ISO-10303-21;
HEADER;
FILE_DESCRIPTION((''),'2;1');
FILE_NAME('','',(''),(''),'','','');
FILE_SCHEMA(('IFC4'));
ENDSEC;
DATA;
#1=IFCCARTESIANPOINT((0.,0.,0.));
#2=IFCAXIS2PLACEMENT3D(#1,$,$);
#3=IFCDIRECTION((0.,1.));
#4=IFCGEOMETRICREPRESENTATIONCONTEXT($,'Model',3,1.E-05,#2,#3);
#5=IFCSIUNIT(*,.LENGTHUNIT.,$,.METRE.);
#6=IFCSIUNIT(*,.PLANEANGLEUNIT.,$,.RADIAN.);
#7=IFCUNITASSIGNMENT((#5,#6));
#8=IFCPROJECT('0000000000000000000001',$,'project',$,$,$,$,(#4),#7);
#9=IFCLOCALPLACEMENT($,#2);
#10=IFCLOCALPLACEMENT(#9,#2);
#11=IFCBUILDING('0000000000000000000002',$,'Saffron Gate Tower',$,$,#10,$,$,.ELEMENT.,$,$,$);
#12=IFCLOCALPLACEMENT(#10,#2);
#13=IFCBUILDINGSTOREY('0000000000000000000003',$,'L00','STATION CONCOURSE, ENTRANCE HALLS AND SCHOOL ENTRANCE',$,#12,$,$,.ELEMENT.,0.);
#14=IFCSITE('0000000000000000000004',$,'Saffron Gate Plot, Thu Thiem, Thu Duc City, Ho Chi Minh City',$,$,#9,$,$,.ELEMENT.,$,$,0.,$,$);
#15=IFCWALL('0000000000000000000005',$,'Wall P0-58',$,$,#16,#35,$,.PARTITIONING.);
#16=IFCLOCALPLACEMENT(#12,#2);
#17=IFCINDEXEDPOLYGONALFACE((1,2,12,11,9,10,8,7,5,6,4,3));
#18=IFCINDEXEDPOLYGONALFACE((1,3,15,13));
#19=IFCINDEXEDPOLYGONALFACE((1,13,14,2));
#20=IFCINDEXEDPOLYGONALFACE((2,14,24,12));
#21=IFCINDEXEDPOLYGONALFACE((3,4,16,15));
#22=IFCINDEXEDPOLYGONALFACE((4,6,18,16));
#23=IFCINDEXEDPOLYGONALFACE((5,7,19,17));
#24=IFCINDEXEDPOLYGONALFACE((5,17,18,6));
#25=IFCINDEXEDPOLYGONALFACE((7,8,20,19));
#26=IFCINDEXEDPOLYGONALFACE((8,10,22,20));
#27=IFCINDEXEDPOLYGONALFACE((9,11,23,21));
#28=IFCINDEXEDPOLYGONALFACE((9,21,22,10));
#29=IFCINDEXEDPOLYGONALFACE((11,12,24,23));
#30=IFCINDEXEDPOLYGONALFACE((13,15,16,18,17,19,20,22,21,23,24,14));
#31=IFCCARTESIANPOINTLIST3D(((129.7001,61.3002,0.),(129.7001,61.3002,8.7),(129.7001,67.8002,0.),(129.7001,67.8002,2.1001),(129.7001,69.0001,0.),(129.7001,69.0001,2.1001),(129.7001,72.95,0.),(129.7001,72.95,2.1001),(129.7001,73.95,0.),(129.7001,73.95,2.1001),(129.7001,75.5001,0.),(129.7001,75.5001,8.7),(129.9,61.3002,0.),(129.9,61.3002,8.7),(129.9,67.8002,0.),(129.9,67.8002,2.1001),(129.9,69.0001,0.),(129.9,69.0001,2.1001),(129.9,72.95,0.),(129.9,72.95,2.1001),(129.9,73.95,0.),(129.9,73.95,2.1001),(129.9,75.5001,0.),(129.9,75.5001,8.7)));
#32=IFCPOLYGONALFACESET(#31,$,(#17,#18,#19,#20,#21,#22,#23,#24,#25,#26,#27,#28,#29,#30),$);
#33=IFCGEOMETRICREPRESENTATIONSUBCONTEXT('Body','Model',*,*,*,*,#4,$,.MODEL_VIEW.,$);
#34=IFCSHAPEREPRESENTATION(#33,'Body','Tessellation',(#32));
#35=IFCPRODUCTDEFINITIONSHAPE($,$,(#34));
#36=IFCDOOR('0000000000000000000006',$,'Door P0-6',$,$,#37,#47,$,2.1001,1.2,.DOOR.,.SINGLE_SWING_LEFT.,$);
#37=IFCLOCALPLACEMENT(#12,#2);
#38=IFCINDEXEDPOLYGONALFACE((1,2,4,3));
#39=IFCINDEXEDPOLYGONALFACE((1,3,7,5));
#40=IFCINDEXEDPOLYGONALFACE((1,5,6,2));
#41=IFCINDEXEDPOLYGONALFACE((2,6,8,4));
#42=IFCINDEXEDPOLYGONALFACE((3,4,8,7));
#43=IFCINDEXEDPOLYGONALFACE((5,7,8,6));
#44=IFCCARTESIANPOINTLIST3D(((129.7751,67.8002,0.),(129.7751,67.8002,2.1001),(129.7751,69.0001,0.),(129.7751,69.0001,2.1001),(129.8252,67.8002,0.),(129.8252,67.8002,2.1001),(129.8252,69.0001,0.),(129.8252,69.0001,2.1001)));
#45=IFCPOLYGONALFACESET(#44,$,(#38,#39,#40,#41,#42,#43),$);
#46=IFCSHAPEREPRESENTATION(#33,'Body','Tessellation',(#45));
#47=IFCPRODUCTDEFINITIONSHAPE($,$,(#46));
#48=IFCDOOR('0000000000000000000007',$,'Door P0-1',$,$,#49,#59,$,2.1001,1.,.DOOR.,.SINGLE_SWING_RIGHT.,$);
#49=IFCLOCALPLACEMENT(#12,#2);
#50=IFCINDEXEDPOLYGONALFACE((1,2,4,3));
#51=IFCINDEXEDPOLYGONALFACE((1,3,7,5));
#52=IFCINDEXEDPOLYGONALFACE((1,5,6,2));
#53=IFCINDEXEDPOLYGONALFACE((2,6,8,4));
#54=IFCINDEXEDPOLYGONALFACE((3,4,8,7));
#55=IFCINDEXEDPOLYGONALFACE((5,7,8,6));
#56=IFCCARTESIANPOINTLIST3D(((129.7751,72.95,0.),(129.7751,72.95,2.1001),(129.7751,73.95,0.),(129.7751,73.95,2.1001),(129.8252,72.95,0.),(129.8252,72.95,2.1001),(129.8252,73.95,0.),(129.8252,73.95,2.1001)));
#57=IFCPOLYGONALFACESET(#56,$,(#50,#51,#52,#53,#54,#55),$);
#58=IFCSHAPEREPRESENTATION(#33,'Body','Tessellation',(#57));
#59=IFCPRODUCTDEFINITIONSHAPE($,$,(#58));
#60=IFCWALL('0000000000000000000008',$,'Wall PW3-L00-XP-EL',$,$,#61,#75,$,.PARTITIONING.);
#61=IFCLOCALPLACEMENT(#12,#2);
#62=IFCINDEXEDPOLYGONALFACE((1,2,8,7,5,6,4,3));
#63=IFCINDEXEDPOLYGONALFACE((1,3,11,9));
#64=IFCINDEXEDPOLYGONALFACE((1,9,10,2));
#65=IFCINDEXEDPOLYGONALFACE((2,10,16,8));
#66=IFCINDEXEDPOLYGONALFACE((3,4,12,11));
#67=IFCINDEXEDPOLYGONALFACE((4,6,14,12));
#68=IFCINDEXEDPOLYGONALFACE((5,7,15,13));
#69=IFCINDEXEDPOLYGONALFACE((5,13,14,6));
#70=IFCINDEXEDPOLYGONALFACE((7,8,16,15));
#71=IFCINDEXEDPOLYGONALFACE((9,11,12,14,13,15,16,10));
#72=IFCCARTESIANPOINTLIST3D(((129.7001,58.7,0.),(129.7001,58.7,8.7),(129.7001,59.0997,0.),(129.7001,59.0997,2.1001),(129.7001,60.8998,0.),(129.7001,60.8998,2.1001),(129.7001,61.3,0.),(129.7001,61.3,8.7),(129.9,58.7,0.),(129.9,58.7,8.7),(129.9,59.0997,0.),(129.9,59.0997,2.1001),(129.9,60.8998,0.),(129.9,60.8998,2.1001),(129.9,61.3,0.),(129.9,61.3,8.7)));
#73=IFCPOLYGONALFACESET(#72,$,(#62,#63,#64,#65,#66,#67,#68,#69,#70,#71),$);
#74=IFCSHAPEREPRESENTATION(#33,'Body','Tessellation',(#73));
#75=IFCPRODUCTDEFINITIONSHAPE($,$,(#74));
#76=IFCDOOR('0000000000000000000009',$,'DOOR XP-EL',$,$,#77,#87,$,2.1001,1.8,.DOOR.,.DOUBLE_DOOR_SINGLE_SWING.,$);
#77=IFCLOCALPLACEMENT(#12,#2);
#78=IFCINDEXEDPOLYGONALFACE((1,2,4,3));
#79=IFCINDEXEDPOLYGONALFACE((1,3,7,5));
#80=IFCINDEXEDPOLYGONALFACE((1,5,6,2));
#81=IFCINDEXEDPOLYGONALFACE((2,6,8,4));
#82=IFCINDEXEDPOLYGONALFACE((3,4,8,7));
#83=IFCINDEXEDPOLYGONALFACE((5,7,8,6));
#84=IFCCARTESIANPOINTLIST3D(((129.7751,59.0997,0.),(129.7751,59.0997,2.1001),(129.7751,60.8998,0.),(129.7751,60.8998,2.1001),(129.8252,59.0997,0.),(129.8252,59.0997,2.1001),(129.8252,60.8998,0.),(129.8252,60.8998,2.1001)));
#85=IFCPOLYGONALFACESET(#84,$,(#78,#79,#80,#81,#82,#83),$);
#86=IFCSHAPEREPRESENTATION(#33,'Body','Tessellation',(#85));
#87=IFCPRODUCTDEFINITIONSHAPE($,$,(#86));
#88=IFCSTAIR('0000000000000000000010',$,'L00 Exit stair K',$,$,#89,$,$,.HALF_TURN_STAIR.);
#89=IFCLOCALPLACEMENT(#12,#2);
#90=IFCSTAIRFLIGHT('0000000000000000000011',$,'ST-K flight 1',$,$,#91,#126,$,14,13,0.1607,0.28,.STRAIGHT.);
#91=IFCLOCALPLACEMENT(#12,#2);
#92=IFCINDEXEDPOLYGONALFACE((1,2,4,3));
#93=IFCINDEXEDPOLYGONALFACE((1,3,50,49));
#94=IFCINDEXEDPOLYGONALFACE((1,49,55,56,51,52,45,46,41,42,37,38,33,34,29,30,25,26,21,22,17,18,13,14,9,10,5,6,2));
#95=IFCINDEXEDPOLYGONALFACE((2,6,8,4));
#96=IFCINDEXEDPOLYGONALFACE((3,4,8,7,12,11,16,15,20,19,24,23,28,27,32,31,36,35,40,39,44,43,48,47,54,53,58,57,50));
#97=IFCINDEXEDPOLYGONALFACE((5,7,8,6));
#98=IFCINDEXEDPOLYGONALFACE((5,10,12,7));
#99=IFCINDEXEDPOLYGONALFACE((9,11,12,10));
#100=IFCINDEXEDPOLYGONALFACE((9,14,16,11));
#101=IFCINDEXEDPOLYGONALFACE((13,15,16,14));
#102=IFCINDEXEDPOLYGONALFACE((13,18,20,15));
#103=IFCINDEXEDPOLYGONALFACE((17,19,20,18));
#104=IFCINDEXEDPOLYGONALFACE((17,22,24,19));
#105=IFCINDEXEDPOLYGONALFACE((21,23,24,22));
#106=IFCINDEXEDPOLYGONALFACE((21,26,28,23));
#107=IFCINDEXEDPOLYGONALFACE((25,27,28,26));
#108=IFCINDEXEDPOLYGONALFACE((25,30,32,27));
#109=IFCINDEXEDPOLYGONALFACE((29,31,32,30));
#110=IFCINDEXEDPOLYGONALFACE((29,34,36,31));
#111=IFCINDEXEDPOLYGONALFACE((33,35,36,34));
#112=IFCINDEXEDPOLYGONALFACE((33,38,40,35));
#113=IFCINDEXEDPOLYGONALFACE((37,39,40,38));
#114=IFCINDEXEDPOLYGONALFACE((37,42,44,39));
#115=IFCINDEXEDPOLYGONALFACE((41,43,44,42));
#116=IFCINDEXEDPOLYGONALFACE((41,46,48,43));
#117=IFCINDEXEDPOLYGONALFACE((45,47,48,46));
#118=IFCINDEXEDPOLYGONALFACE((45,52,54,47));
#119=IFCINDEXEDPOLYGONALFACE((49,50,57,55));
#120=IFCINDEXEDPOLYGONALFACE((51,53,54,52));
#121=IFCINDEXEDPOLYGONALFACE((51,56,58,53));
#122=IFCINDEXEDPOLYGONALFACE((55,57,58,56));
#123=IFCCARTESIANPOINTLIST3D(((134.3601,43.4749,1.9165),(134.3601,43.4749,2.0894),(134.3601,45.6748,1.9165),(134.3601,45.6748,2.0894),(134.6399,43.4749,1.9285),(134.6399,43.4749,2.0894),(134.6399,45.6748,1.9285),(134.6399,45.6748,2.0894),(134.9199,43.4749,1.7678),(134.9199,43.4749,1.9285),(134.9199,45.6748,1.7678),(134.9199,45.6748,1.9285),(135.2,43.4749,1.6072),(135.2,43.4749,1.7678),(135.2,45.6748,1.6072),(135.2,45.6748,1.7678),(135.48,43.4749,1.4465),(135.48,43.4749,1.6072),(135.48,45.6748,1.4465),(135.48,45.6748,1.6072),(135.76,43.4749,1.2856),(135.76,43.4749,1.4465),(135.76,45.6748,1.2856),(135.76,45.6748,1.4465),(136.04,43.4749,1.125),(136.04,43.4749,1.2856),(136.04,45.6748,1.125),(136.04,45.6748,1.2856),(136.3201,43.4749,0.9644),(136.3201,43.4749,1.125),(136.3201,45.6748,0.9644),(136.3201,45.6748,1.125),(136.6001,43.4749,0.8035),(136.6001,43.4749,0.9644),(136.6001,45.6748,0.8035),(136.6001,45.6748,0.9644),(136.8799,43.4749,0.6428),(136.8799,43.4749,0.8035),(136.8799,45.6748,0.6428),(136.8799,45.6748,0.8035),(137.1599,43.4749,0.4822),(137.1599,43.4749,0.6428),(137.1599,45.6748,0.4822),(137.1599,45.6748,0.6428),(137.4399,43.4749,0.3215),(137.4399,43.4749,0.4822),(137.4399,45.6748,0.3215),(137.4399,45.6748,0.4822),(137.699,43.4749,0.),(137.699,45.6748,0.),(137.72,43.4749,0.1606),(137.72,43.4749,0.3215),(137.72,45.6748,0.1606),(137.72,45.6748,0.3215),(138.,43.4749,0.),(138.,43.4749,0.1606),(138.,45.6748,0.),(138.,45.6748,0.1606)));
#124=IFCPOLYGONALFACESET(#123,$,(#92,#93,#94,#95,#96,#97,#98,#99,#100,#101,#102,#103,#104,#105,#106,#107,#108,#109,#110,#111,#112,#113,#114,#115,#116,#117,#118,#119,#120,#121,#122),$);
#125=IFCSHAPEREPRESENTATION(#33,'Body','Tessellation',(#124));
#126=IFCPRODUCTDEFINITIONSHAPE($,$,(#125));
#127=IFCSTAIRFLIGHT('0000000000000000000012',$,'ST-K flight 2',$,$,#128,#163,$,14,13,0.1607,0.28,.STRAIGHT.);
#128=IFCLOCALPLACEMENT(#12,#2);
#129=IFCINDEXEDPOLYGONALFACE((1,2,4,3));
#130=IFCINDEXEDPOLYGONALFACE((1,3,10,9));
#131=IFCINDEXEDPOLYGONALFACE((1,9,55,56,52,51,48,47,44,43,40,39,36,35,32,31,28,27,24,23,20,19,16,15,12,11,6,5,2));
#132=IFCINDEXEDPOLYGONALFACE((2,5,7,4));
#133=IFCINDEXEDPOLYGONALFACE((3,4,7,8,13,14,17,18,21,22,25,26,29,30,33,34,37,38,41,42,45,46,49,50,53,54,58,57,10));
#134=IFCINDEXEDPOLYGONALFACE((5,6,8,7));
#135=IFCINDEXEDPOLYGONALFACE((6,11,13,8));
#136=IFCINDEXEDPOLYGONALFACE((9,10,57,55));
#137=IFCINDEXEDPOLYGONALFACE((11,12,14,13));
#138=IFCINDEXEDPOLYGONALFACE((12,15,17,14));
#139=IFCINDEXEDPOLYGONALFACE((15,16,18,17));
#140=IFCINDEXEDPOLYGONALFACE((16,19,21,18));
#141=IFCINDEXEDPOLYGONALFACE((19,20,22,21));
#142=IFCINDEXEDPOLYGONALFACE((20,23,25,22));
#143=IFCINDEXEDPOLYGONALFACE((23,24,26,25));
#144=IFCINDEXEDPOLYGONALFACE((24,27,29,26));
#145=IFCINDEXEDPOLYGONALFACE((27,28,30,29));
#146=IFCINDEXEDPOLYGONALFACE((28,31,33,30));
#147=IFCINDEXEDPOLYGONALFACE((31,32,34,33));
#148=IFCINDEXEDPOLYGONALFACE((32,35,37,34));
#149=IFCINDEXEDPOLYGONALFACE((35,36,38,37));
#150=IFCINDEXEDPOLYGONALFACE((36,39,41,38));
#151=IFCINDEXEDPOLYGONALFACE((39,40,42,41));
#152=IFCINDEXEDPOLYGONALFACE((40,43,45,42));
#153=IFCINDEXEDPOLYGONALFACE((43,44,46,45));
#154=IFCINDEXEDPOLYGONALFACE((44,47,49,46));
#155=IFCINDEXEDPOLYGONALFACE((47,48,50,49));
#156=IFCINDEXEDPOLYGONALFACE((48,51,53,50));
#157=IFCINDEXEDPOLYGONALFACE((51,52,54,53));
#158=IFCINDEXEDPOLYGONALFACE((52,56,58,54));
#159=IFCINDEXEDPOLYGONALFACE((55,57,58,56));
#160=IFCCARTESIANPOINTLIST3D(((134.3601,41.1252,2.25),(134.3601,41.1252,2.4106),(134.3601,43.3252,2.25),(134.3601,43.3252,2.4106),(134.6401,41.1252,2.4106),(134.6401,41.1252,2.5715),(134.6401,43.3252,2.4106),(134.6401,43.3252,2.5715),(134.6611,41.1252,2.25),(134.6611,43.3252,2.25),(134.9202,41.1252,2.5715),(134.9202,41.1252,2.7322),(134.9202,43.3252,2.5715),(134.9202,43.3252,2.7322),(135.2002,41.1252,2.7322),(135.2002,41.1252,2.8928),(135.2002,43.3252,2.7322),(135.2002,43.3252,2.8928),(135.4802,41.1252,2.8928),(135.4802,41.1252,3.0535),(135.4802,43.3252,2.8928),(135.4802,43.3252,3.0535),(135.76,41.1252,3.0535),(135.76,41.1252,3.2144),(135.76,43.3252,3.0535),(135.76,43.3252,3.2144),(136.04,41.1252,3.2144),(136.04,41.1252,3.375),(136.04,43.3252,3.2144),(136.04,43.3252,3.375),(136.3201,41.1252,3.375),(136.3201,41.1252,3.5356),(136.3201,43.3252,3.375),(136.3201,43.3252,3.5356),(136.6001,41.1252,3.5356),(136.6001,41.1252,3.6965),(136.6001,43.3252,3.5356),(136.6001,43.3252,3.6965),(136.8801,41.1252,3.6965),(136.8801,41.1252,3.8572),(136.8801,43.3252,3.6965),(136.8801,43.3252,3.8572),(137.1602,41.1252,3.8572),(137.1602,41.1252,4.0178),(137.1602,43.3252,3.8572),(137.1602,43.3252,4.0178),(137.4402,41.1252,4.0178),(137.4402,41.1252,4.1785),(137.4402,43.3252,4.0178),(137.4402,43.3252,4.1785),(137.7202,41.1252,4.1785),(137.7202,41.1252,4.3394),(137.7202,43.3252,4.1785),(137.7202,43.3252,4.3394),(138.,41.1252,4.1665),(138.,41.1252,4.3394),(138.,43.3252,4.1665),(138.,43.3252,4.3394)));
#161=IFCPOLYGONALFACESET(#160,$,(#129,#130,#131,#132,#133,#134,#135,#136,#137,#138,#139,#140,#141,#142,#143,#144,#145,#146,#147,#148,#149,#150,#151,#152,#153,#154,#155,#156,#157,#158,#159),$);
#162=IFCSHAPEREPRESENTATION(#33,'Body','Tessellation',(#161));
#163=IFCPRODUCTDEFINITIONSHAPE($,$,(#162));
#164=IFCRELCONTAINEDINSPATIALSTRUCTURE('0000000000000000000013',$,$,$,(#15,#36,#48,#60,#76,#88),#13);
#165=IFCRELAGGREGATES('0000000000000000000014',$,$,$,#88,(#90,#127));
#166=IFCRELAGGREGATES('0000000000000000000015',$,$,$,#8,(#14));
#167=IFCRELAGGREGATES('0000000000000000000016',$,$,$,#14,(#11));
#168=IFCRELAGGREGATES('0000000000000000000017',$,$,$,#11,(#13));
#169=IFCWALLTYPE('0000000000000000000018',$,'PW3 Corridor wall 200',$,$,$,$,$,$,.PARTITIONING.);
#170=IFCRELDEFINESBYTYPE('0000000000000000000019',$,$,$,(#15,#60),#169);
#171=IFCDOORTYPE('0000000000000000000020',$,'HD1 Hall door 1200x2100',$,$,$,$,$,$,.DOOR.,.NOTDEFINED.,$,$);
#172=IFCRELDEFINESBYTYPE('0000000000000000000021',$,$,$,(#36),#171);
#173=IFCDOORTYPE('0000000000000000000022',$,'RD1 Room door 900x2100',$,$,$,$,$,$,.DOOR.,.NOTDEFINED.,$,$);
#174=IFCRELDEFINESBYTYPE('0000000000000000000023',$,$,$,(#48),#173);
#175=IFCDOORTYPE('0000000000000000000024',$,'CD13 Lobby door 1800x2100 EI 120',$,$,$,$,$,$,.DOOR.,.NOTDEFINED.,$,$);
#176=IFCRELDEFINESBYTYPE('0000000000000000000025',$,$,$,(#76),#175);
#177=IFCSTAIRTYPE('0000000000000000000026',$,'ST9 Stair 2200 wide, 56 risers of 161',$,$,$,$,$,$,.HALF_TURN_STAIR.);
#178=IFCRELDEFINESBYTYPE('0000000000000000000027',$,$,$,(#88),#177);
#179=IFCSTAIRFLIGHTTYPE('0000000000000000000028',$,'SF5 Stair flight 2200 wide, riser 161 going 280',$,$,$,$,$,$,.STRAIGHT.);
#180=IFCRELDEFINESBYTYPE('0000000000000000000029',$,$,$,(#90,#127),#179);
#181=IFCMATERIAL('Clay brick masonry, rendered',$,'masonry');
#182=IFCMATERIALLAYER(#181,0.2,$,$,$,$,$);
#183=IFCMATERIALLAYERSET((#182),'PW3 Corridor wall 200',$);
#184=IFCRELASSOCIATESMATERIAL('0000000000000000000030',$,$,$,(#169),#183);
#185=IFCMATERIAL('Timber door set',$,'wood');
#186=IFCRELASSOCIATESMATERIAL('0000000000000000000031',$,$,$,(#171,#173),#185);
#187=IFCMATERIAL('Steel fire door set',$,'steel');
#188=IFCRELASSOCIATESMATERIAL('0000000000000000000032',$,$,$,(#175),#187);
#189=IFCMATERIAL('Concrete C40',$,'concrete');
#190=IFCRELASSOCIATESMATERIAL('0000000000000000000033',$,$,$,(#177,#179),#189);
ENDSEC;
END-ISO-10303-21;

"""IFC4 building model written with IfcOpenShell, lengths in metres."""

from ifc_helpers import new_model, si_unit, direction, frame, frame_2d, origin, place, context, subcontext, project, spatial, polyline, rectangle, outline, extrude, material, layer, layer_set, type_object, element, fill, aggregate, save


model = new_model("IFC4")

# Units and contexts
model_context = context("Model", 3, precision=1e-05, world=origin(), true_north=direction((0.0, 1.0)))
body_context = subcontext(model_context, "Body", "Model", "MODEL_VIEW")
ifc_project = project(units=[si_unit("LENGTHUNIT", "METRE"), si_unit("PLANEANGLEUNIT", "RADIAN")], contexts=[model_context])

# Site, building, storey
site_placement = place(None, origin())
site = spatial("IfcSite", under=ifc_project, at=site_placement, Name="Saffron Gate Plot, Thu Thiem, Thu Duc City, Ho Chi Minh City", CompositionType="ELEMENT", RefElevation=0.0)
building_placement = place(site_placement, origin())
building = spatial("IfcBuilding", under=site, at=building_placement, Name="Saffron Gate Tower", CompositionType="ELEMENT")
storey_placement = place(building_placement, origin())
storey = spatial("IfcBuildingStorey", under=building, at=storey_placement, Name="L00", Description="STATION CONCOURSE, ENTRANCE HALLS AND SCHOOL ENTRANCE", CompositionType="ELEMENT", Elevation=0.0)

# Shared definitions
ifc_material_1 = material(Name="Clay brick masonry, rendered", Category="masonry")
ifc_layer_1 = layer(ifc_material_1, 0.2)
ifc_layer_set_1 = layer_set([ifc_layer_1], Name="PW3 Corridor wall 200")
wall_type_1 = type_object("IfcWallType", Name="PW3 Corridor wall 200", PredefinedType="PARTITIONING", material=ifc_layer_set_1)
ifc_material_2 = material(Name="Steel fire door set", Category="steel")
ifc_material_3 = material(Name="Timber door set", Category="wood")
door_type_1 = type_object("IfcDoorType", Name="HD1 Hall door 1200x2100", OperationType="NOTDEFINED", PredefinedType="DOOR", material=ifc_material_3)

# Wall, openings, doors
wall_1_placement = place(storey_placement, frame((129.8, 61.3, 0.0), z_axis=(0.0, 0.0, 1.0), x_axis=(0.0, 1.0, 0.0)))
wall_1 = element("IfcWall", 1, at=wall_1_placement, inside=storey, type_object=wall_type_1, Name="Wall P0-58", PredefinedType="PARTITIONING", context=body_context, shape_type="SweptSolid", body=[
    extrude(rectangle(XDim=14.2, YDim=0.2, at=frame_2d((7.1001, 0.0))), origin(), (0.0, 0.0, 1.0), 8.7),
])
opening_1_placement = place(wall_1_placement, frame((6.5, 0.0, 0.0)))
opening_1 = element("IfcOpeningElement", 2, at=opening_1_placement, cuts=wall_1, PredefinedType="OPENING", context=body_context, shape_type="SweptSolid", body=[
    extrude(rectangle(XDim=1.2, YDim=2.1001, at=frame_2d((0.6001, 1.05))), frame((0.0, 0.1099, 0.0), z_axis=(0.0, -1.0, 0.0), x_axis=(1.0, 0.0, 0.0)), (0.0, 0.0, 1.0), 0.22),
])
opening_2_placement = place(wall_1_placement, frame((11.6499, 0.0, 0.0)))
opening_2 = element("IfcOpeningElement", 3, at=opening_2_placement, cuts=wall_1, PredefinedType="OPENING", context=body_context, shape_type="SweptSolid", body=[
    extrude(rectangle(XDim=1.0, YDim=2.1001, at=frame_2d((0.5, 1.05))), frame((0.0, 0.1099, 0.0), z_axis=(0.0, -1.0, 0.0), x_axis=(1.0, 0.0, 0.0)), (0.0, 0.0, 1.0), 0.22),
])
door_1_placement = place(opening_1_placement, origin())
door_1 = element("IfcDoor", 4, at=door_1_placement, inside=storey, type_object=door_type_1, Name="Door P0-6", OperationType="SINGLE_SWING_LEFT", OverallHeight=2.1001, OverallWidth=1.2, PredefinedType="DOOR", context=body_context, shape_type="SweptSolid", body=[
    extrude(rectangle(XDim=1.2, YDim=2.1001, at=frame_2d((0.6001, 1.05))), frame((0.0, 0.0249, 0.0), z_axis=(0.0, -1.0, 0.0), x_axis=(1.0, 0.0, 0.0)), (0.0, 0.0, 1.0), 0.05),
])
fill(opening_1, door_1)
door_type_2 = type_object("IfcDoorType", Name="RD1 Room door 900x2100", OperationType="NOTDEFINED", PredefinedType="DOOR", material=ifc_material_3)
door_2_placement = place(opening_2_placement, origin())
door_2 = element("IfcDoor", 5, at=door_2_placement, inside=storey, type_object=door_type_2, Name="Door P0-1", OperationType="SINGLE_SWING_RIGHT", OverallHeight=2.1001, OverallWidth=1.0, PredefinedType="DOOR", context=body_context, shape_type="SweptSolid", body=[
    extrude(rectangle(XDim=1.0, YDim=2.1001, at=frame_2d((0.5, 1.05))), frame((0.0, 0.0249, 0.0), z_axis=(0.0, -1.0, 0.0), x_axis=(1.0, 0.0, 0.0)), (0.0, 0.0, 1.0), 0.05),
])
fill(opening_2, door_2)

# Wall, opening, door
wall_2_placement = place(storey_placement, frame((129.8, 58.7, 0.0), z_axis=(0.0, 0.0, 1.0), x_axis=(0.0, 1.0, 0.0)))
wall_2 = element("IfcWall", 6, at=wall_2_placement, inside=storey, type_object=wall_type_1, Name="Wall PW3-L00-XP-EL", PredefinedType="PARTITIONING", context=body_context, shape_type="SweptSolid", body=[
    extrude(rectangle(XDim=2.6001, YDim=0.2, at=frame_2d((1.3, 0.0))), origin(), (0.0, 0.0, 1.0), 8.7),
])
opening_3_placement = place(wall_2_placement, frame((0.3999, 0.0, 0.0)))
opening_3 = element("IfcOpeningElement", 7, at=opening_3_placement, cuts=wall_2, PredefinedType="OPENING", context=body_context, shape_type="SweptSolid", body=[
    extrude(rectangle(XDim=1.8, YDim=2.1001, at=frame_2d((0.8999, 1.05))), frame((0.0, 0.1099, 0.0), z_axis=(0.0, -1.0, 0.0), x_axis=(1.0, 0.0, 0.0)), (0.0, 0.0, 1.0), 0.22),
])
door_type_3 = type_object("IfcDoorType", Name="CD13 Lobby door 1800x2100 EI 120", OperationType="NOTDEFINED", PredefinedType="DOOR", material=ifc_material_2)
door_3_placement = place(opening_3_placement, origin())
door_3 = element("IfcDoor", 8, at=door_3_placement, inside=storey, type_object=door_type_3, Name="DOOR XP-EL", OperationType="DOUBLE_DOOR_SINGLE_SWING", OverallHeight=2.1001, OverallWidth=1.8, PredefinedType="DOOR", context=body_context, shape_type="SweptSolid", body=[
    extrude(rectangle(XDim=1.8, YDim=2.1001, at=frame_2d((0.8999, 1.05))), frame((0.0, 0.0249, 0.0), z_axis=(0.0, -1.0, 0.0), x_axis=(1.0, 0.0, 0.0)), (0.0, 0.0, 1.0), 0.05),
])
fill(opening_3, door_3)

# Stair, stair flights
ifc_material_4 = material(Name="Concrete C40", Category="concrete")
stair_type = type_object("IfcStairType", Name="ST9 Stair 2200 wide, 56 risers of 161", PredefinedType="HALF_TURN_STAIR", material=ifc_material_4)
stair_placement = place(storey_placement, origin())
stair = element("IfcStair", 9, at=stair_placement, inside=storey, type_object=stair_type, Name="L00 Exit stair K", PredefinedType="HALF_TURN_STAIR")
stair_flight_type = type_object("IfcStairFlightType", Name="SF5 Stair flight 2200 wide, riser 161 going 280", PredefinedType="STRAIGHT", material=ifc_material_4)
stair_flight_1_placement = place(storey_placement, frame((138.0, 44.575, 0.0), z_axis=(0.0, 0.0, 1.0), x_axis=(-1.0, 0.0, 0.0)))
stair_flight_1 = element("IfcStairFlight", 10, at=stair_flight_1_placement, type_object=stair_flight_type, Name="ST-K flight 1", NumberOfRisers=14, NumberOfTreads=13, PredefinedType="STRAIGHT", RiserHeight=0.1607, TreadLength=0.28, context=body_context, shape_type="SweptSolid", body=[
    extrude(outline(polyline([(0.0, 0.0), (0.0, 0.1606), (0.28, 0.1606), (0.28, 0.3215), (0.5601, 0.3215), (0.5601, 0.4822), (0.8401, 0.4822), (0.8401, 0.6428), (1.1201, 0.6428), (1.1201, 0.8035), (1.3999, 0.8035), (1.3999, 0.9644), (1.6799, 0.9644), (1.6799, 1.125), (1.96, 1.125), (1.96, 1.2856), (2.24, 1.2856), (2.24, 1.4465), (2.52, 1.4465), (2.52, 1.6072), (2.8, 1.6072), (2.8, 1.7678), (3.0801, 1.7678), (3.0801, 1.9285), (3.3601, 1.9285), (3.3601, 2.0894), (3.6399, 2.0894), (3.6399, 2.25), (3.6399, 1.9165), (0.301, 0.0), (0.0, 0.0)])), frame((0.0, 1.1001, 0.0), z_axis=(0.0, -1.0, 0.0), x_axis=(1.0, 0.0, 0.0)), (0.0, 0.0, 1.0), 2.2),
])
stair_flight_2_placement = place(storey_placement, frame((134.3601, 42.2251, 2.25), z_axis=(0.0, 0.0, 1.0), x_axis=(1.0, 0.0, 0.0)))
stair_flight_2 = element("IfcStairFlight", 11, at=stair_flight_2_placement, type_object=stair_flight_type, Name="ST-K flight 2", NumberOfRisers=14, NumberOfTreads=13, PredefinedType="STRAIGHT", RiserHeight=0.1607, TreadLength=0.28, context=body_context, shape_type="SweptSolid", body=[
    extrude(outline(polyline([(0.0, 0.0), (0.0, 0.1606), (0.28, 0.1606), (0.28, 0.3215), (0.5601, 0.3215), (0.5601, 0.4822), (0.8401, 0.4822), (0.8401, 0.6428), (1.1201, 0.6428), (1.1201, 0.8035), (1.3999, 0.8035), (1.3999, 0.9644), (1.6799, 0.9644), (1.6799, 1.125), (1.96, 1.125), (1.96, 1.2856), (2.24, 1.2856), (2.24, 1.4465), (2.52, 1.4465), (2.52, 1.6072), (2.8, 1.6072), (2.8, 1.7678), (3.0801, 1.7678), (3.0801, 1.9285), (3.3601, 1.9285), (3.3601, 2.0894), (3.6399, 2.0894), (3.6399, 2.25), (3.6399, 1.9165), (0.301, 0.0), (0.0, 0.0)])), frame((0.0, 1.1001, 0.0), z_axis=(0.0, -1.0, 0.0), x_axis=(1.0, 0.0, 0.0)), (0.0, 0.0, 1.0), 2.2),
])
aggregate(stair, [stair_flight_1, stair_flight_2])

save(model, "model.ifc")
